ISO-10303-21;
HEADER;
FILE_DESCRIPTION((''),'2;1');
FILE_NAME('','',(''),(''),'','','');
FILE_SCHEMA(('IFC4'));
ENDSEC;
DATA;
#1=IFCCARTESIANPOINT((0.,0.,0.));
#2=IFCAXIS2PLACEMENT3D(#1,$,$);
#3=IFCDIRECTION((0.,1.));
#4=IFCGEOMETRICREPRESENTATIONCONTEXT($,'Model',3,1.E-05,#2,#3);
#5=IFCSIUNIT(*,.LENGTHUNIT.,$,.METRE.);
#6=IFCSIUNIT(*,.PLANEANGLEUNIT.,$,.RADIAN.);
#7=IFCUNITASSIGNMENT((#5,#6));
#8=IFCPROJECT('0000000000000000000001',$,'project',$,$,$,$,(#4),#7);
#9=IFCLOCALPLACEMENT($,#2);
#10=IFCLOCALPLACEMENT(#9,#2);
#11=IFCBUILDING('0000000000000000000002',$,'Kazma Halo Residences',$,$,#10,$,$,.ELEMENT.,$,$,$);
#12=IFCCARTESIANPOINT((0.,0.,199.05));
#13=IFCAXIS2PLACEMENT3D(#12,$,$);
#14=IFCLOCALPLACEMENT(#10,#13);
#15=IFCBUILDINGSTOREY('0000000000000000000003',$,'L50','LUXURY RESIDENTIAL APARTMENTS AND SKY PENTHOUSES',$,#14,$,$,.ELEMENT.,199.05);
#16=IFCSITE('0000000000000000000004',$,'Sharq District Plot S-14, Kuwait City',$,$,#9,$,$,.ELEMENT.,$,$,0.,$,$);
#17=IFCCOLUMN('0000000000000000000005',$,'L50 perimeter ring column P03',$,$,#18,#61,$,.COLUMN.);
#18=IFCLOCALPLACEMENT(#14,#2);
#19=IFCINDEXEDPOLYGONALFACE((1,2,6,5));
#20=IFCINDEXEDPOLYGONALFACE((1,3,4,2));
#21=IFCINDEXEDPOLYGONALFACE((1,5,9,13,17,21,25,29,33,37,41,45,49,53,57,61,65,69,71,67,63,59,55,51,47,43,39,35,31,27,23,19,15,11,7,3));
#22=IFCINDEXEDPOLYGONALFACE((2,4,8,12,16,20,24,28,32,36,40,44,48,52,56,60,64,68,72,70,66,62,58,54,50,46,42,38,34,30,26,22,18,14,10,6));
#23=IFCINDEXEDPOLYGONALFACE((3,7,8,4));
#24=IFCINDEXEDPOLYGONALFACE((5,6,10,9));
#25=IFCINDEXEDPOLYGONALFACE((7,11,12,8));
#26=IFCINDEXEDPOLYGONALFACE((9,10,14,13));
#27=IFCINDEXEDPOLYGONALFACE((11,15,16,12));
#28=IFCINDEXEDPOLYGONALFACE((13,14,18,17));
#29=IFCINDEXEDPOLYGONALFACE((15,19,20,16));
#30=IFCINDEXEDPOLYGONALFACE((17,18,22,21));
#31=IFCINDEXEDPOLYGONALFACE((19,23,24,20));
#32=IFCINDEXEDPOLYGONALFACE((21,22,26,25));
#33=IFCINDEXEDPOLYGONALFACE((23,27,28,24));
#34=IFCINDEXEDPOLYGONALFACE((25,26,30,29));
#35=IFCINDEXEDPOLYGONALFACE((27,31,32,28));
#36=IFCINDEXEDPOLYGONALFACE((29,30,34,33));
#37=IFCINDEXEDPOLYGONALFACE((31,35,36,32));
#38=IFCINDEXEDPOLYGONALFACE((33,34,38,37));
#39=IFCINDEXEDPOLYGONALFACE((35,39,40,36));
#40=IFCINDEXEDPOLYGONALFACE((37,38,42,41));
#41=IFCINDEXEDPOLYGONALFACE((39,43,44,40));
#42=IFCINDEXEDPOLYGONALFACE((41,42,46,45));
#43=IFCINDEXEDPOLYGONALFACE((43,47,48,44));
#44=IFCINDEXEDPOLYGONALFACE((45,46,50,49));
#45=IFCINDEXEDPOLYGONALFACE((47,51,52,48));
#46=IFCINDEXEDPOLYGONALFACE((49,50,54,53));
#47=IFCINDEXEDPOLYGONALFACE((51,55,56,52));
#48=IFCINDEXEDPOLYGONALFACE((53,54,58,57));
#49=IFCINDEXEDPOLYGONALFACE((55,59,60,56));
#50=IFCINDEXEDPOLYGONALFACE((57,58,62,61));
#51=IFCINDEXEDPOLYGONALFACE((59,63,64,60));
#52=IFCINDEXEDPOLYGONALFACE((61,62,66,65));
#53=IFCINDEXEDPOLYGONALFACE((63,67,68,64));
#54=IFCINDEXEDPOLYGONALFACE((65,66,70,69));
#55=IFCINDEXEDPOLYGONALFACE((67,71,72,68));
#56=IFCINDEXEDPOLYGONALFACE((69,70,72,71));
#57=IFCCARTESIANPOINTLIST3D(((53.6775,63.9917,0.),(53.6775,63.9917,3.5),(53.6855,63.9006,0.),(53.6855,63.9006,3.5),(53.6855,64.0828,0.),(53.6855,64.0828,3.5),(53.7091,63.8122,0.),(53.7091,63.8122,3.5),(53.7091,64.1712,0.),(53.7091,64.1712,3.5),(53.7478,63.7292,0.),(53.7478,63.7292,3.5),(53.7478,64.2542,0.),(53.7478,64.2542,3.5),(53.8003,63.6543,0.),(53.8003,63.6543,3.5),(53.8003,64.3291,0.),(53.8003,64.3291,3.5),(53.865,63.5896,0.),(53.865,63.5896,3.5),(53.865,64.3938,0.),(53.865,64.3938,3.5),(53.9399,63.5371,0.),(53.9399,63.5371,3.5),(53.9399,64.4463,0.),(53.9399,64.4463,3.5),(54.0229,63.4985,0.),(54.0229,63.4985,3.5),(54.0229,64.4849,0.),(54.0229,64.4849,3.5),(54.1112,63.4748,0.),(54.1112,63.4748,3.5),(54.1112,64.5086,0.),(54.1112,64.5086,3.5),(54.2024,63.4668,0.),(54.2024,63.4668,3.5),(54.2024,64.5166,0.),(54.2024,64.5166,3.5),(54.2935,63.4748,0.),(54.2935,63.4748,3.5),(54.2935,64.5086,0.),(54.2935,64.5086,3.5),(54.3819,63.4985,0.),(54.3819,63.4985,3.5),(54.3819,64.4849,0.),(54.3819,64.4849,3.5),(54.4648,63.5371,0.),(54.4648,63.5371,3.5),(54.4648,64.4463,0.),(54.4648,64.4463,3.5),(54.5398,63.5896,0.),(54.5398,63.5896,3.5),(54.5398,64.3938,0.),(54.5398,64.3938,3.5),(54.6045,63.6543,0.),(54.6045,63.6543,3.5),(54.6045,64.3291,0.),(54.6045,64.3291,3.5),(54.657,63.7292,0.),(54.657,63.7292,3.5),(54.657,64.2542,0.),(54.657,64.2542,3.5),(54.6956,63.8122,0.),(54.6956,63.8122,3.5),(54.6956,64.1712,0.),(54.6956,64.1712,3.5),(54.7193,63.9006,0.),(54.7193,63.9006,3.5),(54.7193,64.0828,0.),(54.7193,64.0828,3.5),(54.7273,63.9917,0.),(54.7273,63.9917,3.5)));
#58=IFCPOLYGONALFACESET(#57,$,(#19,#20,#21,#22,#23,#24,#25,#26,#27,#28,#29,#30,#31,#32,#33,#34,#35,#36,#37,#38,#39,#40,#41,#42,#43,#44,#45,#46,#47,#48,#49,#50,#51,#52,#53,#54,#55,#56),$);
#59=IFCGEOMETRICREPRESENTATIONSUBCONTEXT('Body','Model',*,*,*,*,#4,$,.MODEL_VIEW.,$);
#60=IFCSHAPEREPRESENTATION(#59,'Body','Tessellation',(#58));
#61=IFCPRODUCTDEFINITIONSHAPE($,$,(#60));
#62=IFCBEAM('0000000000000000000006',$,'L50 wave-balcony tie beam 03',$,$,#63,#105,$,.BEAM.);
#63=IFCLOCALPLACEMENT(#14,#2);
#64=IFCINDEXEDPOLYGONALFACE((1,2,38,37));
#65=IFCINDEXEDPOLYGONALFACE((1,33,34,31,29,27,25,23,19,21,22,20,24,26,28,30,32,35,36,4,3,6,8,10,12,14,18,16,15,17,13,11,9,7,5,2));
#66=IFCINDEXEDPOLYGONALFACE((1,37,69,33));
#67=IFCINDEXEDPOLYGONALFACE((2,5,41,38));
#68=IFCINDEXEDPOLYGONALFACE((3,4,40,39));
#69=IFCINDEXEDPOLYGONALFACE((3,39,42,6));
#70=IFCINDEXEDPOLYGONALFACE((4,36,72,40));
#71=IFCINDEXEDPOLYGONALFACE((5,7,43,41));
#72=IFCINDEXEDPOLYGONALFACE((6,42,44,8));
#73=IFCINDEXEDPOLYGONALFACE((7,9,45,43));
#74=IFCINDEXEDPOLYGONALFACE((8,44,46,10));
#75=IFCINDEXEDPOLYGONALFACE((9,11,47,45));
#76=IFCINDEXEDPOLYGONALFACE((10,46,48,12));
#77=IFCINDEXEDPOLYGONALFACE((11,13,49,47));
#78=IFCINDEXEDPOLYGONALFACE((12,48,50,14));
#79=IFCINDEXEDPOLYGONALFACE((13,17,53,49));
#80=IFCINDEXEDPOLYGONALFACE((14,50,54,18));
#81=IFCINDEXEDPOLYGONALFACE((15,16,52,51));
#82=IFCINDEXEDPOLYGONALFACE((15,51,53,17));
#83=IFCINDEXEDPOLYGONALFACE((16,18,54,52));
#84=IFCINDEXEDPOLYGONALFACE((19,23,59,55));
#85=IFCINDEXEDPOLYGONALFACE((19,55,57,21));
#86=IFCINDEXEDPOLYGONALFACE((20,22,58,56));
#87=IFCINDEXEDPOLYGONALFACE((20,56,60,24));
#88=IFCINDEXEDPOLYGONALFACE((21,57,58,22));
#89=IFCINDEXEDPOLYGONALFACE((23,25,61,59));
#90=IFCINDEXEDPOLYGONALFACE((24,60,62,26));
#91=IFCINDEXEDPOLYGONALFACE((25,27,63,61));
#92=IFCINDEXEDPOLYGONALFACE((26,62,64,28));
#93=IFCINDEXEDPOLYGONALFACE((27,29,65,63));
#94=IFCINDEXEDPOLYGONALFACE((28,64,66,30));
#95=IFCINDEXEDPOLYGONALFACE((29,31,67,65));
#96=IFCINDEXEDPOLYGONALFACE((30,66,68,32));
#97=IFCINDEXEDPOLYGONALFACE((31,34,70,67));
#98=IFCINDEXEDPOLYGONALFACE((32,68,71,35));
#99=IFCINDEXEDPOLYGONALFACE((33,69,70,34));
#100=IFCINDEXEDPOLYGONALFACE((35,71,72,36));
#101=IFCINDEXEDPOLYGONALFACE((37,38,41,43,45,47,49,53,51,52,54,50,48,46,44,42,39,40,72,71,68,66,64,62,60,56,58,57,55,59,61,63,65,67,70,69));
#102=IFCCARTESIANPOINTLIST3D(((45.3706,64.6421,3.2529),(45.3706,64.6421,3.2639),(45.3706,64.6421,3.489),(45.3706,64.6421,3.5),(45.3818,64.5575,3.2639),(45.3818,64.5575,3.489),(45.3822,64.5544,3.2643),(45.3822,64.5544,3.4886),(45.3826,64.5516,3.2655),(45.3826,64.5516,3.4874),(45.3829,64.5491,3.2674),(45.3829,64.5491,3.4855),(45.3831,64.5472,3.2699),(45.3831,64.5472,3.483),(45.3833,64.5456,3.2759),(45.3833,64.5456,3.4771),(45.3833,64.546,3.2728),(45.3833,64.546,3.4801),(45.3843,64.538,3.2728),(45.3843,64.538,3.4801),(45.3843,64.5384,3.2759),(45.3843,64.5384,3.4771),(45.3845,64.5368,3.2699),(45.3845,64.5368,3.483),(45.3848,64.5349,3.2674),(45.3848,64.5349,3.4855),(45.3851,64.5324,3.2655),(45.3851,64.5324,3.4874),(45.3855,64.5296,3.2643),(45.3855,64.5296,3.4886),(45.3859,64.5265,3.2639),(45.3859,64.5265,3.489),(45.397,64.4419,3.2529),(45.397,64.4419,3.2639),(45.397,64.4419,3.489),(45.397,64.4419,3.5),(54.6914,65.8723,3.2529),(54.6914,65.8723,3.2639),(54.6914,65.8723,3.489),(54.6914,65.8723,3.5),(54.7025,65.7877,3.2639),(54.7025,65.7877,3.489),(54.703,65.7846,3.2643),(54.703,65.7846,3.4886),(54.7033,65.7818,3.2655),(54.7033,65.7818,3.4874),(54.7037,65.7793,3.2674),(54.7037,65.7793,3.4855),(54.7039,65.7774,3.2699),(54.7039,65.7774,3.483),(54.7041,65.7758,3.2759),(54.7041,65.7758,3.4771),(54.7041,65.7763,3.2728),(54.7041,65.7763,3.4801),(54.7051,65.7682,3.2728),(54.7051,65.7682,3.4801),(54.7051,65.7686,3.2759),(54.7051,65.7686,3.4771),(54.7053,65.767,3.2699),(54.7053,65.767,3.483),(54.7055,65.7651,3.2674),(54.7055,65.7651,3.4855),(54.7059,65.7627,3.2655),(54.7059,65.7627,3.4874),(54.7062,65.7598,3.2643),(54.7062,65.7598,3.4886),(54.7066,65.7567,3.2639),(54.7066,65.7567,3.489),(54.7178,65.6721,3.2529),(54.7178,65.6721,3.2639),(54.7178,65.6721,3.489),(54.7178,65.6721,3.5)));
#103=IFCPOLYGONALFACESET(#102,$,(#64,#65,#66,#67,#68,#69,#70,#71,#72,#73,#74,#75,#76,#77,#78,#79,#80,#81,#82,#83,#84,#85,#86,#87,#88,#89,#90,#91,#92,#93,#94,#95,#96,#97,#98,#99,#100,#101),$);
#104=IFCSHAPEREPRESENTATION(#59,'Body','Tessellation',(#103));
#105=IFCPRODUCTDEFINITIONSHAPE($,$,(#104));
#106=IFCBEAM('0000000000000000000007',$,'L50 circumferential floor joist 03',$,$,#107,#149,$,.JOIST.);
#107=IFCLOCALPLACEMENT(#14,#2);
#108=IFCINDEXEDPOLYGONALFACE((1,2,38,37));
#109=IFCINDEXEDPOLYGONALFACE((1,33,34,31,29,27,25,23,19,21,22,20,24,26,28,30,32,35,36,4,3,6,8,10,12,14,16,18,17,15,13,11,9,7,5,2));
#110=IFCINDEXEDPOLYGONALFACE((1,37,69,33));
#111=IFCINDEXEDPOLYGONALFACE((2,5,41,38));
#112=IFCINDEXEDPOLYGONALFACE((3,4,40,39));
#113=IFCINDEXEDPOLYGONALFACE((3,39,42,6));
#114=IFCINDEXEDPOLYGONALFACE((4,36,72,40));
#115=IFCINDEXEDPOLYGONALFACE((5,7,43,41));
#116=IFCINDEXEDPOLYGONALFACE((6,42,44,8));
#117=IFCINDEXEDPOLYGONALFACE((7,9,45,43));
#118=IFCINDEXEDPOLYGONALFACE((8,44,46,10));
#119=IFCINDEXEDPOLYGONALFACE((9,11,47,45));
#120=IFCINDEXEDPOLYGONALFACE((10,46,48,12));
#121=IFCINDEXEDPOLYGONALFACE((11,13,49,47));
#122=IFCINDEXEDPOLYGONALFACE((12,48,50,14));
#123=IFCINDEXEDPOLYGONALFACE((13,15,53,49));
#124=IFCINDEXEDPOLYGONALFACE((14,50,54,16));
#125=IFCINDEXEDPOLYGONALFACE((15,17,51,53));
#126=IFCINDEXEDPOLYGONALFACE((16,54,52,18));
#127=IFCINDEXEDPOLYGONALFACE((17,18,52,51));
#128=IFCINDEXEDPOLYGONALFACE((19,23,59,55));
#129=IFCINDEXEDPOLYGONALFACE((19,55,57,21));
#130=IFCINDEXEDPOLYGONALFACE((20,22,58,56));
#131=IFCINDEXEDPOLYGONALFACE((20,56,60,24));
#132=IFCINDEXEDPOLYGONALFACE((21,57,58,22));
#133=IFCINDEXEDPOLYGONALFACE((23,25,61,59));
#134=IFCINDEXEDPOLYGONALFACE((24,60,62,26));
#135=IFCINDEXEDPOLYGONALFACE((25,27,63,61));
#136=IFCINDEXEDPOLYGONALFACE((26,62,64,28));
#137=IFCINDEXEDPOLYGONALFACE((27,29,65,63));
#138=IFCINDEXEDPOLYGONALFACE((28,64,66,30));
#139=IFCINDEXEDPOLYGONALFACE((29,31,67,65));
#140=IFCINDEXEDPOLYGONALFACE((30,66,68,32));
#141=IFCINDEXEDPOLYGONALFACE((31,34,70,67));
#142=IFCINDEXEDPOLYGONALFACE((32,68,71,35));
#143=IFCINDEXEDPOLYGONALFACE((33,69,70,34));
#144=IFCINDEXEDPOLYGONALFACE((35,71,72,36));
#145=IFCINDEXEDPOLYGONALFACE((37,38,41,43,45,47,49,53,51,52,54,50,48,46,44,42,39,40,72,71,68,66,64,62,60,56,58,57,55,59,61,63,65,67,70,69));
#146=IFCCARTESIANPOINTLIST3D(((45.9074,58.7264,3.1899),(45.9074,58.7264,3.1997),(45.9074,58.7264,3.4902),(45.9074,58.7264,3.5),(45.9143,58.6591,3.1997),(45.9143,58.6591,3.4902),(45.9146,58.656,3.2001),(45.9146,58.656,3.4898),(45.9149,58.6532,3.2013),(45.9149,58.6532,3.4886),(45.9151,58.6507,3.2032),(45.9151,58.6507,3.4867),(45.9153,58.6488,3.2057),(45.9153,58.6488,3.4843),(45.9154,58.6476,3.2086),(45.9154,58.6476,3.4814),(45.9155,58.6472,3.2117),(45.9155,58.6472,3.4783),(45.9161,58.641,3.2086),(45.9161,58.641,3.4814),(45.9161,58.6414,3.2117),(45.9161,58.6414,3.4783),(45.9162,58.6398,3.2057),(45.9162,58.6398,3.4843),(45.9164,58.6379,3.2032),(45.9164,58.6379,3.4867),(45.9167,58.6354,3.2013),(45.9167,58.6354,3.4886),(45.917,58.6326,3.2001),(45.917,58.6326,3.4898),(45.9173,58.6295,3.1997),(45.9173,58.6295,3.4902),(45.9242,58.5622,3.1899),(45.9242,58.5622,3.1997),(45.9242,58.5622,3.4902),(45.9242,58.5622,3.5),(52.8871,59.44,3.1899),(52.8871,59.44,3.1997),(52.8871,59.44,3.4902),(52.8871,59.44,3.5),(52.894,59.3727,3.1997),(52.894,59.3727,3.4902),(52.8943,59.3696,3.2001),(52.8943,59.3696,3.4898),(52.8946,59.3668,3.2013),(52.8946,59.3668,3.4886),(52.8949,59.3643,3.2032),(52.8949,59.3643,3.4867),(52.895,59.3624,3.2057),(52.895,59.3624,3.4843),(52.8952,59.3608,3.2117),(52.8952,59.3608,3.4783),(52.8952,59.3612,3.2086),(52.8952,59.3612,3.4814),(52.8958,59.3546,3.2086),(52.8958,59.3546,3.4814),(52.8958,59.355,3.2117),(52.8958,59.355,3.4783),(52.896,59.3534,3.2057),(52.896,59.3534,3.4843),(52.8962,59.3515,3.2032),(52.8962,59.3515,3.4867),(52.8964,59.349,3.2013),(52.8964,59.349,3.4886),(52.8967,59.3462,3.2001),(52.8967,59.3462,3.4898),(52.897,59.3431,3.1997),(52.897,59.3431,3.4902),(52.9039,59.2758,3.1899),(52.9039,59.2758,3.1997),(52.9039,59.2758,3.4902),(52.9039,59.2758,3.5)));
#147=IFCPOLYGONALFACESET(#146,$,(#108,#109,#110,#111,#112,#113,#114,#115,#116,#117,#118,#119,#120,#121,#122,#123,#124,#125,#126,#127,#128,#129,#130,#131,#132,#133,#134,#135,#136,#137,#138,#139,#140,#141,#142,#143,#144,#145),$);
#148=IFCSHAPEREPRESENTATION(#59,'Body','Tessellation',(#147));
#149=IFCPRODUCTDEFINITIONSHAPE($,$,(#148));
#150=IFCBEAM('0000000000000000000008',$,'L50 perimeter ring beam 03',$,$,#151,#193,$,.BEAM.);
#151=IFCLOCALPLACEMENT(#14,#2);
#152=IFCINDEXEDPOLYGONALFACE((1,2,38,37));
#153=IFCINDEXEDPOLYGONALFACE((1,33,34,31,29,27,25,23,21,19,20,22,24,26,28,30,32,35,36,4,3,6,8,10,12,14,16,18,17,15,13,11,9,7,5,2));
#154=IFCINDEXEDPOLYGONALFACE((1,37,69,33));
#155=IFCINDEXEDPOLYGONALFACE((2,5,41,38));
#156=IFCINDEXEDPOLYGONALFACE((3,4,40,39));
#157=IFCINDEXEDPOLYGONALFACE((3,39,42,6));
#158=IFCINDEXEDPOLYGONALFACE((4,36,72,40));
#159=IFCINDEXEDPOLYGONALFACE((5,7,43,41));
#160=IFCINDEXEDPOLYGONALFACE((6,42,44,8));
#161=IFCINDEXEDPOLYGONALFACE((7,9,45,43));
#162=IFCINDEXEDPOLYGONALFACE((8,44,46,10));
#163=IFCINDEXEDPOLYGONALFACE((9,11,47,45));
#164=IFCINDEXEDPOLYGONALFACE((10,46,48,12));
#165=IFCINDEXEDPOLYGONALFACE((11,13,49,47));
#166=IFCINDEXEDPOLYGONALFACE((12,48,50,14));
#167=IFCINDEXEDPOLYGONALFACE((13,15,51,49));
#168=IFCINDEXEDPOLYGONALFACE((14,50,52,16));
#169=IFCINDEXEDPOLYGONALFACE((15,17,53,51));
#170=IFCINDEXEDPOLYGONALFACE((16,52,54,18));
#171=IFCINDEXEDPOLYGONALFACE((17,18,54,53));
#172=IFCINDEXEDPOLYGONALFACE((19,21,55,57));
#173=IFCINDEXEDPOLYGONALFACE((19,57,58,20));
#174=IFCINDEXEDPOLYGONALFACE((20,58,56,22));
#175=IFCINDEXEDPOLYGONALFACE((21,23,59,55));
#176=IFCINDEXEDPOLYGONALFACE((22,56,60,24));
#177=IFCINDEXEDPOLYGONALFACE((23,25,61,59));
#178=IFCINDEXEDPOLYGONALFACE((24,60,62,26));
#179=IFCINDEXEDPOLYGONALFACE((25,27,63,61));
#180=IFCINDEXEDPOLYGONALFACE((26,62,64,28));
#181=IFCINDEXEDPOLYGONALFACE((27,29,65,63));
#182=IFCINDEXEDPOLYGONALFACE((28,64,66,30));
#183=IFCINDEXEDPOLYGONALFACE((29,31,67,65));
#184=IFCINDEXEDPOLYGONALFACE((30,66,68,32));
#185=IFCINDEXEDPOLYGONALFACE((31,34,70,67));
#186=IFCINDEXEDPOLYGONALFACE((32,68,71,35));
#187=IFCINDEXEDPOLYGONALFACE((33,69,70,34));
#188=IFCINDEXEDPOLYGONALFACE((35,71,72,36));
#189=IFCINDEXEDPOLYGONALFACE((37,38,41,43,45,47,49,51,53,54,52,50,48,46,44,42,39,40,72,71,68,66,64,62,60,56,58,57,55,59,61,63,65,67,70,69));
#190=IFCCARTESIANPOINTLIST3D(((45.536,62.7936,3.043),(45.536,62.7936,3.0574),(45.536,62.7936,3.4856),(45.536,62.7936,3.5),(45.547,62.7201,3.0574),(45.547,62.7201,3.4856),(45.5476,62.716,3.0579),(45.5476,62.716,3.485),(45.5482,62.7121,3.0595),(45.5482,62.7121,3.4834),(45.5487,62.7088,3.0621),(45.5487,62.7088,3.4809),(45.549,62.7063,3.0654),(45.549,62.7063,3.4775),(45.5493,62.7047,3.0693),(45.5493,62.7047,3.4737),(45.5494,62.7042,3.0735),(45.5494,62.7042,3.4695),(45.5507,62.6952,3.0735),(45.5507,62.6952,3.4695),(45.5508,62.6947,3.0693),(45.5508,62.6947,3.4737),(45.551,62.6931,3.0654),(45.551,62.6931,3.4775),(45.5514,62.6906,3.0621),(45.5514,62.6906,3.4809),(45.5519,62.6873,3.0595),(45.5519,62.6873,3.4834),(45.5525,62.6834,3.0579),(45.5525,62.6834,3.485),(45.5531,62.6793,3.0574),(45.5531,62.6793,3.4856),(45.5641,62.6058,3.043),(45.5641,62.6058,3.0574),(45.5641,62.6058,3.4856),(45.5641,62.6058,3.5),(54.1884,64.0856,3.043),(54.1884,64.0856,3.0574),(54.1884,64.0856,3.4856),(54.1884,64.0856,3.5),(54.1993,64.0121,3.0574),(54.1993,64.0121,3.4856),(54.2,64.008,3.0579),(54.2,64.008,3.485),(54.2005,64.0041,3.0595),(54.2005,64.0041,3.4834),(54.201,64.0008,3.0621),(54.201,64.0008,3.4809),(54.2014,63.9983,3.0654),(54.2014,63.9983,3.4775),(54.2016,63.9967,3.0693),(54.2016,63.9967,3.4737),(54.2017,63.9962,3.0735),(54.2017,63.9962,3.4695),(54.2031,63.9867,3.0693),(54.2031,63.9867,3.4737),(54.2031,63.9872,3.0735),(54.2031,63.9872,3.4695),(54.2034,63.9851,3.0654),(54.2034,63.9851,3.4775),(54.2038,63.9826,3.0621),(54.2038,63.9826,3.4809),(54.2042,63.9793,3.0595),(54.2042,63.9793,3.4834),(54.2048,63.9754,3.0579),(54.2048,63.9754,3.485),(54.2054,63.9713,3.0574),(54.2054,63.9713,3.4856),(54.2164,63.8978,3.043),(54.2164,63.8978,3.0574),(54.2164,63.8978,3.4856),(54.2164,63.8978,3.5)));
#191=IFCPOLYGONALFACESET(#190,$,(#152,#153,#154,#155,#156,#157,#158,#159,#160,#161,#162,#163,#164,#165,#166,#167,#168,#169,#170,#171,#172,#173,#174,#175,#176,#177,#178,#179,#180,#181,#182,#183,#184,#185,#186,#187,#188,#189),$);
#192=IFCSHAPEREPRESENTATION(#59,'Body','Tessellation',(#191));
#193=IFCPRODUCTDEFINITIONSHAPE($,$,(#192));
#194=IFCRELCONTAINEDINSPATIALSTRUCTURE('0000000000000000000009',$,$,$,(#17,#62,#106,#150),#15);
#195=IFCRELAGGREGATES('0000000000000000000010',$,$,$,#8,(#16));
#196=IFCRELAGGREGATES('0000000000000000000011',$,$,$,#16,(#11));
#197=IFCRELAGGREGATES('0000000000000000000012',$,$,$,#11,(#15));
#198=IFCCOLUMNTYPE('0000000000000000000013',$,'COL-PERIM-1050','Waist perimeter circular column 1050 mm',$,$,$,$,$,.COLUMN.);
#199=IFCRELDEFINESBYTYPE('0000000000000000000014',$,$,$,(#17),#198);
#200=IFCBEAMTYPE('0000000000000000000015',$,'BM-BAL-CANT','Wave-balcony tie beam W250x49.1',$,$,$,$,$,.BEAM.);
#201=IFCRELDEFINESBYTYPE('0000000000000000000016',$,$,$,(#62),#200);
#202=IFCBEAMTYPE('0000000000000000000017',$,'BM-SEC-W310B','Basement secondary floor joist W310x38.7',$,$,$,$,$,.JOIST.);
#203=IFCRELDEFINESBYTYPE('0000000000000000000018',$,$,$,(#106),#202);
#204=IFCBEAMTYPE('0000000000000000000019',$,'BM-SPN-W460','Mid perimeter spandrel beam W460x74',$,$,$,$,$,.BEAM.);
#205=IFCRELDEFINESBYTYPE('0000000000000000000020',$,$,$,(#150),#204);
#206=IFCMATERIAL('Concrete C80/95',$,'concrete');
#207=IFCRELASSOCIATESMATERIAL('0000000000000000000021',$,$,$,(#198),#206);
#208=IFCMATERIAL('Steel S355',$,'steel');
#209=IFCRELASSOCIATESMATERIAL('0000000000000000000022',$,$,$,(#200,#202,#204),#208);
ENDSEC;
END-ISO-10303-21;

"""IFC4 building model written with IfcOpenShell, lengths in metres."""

from ifc_helpers import new_model, si_unit, direction, frame, origin, origin_2d, place, context, subcontext, project, spatial, circle, i_section, extrude, material, material_profile, profile_set, type_object, element, save


model = new_model("IFC4")

# Units and contexts
model_context = context("Model", 3, precision=1e-05, world=origin(), true_north=direction((0.0, 1.0)))
body_context = subcontext(model_context, "Body", "Model", "MODEL_VIEW")
ifc_project = project(units=[si_unit("LENGTHUNIT", "METRE"), si_unit("PLANEANGLEUNIT", "RADIAN")], contexts=[model_context])

# Site, building, storey
site_placement = place(None, origin())
site = spatial("IfcSite", under=ifc_project, at=site_placement, Name="Sharq District Plot S-14, Kuwait City", CompositionType="ELEMENT", RefElevation=0.0)
building_placement = place(site_placement, origin())
building = spatial("IfcBuilding", under=site, at=building_placement, Name="Kazma Halo Residences", CompositionType="ELEMENT")
storey_placement = place(building_placement, frame((0.0, 0.0, 199.05)))
storey = spatial("IfcBuildingStorey", under=building, at=storey_placement, Name="L50", Description="LUXURY RESIDENTIAL APARTMENTS AND SKY PENTHOUSES", CompositionType="ELEMENT", Elevation=199.05)

# Column
ifc_material_1 = material(Name="Concrete C80/95", Category="concrete")
ifc_material_profile_1 = material_profile(ifc_material_1, circle(Radius=0.5249, at=origin_2d()), Name="CIRC1050")
ifc_profile_set_1 = profile_set([ifc_material_profile_1], Name="Concrete C80/95")
column_type = type_object("IfcColumnType", Name="COL-PERIM-1050", Description="Waist perimeter circular column 1050 mm", PredefinedType="COLUMN", material=ifc_profile_set_1)
column_placement = place(storey_placement, frame((54.2024, 63.9917, 0.0), z_axis=(0.0, 0.0, 1.0), x_axis=(1.0, 0.0, 0.0)))
element("IfcColumn", 1, at=column_placement, inside=storey, type_object=column_type, Name="L50 perimeter ring column P03", PredefinedType="COLUMN", context=body_context, shape_type="SweptSolid", body=[
    extrude(circle(Radius=0.5249, at=origin_2d()), origin(), (0.0, 0.0, 1.0), 3.5),
])

# Beams
ifc_material_2 = material(Name="Steel S355", Category="steel")
ifc_material_profile_2 = material_profile(ifc_material_2, i_section(OverallWidth=0.2019, OverallDepth=0.2471, WebThickness=0.0073, FlangeThickness=0.011, FilletRadius=0.012, at=origin_2d()), Name="W250x49.1")
ifc_profile_set_2 = profile_set([ifc_material_profile_2], Name="Steel S355")
beam_type_1 = type_object("IfcBeamType", Name="BM-BAL-CANT", Description="Wave-balcony tie beam W250x49.1", PredefinedType="BEAM", material=ifc_profile_set_2)
beam_1_placement = place(storey_placement, frame((54.7046, 65.7722, 3.3765), z_axis=(-0.991402, -0.130852, 0.0), x_axis=(0.130852, -0.991402, 0.0)))
element("IfcBeam", 2, at=beam_1_placement, inside=storey, type_object=beam_type_1, Name="L50 wave-balcony tie beam 03", PredefinedType="BEAM", context=body_context, shape_type="SweptSolid", body=[
    extrude(i_section(OverallWidth=0.2019, OverallDepth=0.2471, WebThickness=0.0073, FlangeThickness=0.011, FilletRadius=0.012, at=origin_2d()), origin(), (0.0, 0.0, 1.0), 9.4016),
])
ifc_material_profile_3 = material_profile(ifc_material_2, i_section(OverallWidth=0.165, OverallDepth=0.3101, WebThickness=0.0059, FlangeThickness=0.0098, FilletRadius=0.012, at=origin_2d()), Name="W310x38.7")
ifc_profile_set_3 = profile_set([ifc_material_profile_3], Name="Steel S355")
beam_type_2 = type_object("IfcBeamType", Name="BM-SEC-W310B", Description="Basement secondary floor joist W310x38.7", PredefinedType="JOIST", material=ifc_profile_set_3)
beam_2_placement = place(storey_placement, frame((52.8955, 59.3579, 3.345), z_axis=(-0.994814, -0.101712, 0.0), x_axis=(0.101712, -0.994814, 0.0)))
element("IfcBeam", 3, at=beam_2_placement, inside=storey, type_object=beam_type_2, Name="L50 circumferential floor joist 03", PredefinedType="JOIST", context=body_context, shape_type="SweptSolid", body=[
    extrude(i_section(OverallWidth=0.165, OverallDepth=0.3101, WebThickness=0.0059, FlangeThickness=0.0098, FilletRadius=0.012, at=origin_2d()), origin(), (0.0, 0.0, 1.0), 7.0161),
])
ifc_material_profile_4 = material_profile(ifc_material_2, i_section(OverallWidth=0.1899, OverallDepth=0.457, WebThickness=0.009, FlangeThickness=0.0144, FilletRadius=0.0161, at=origin_2d()), Name="W460x74")
ifc_profile_set_4 = profile_set([ifc_material_profile_4], Name="Steel S355")
beam_type_3 = type_object("IfcBeamType", Name="BM-SPN-W460", Description="Mid perimeter spandrel beam W460x74", PredefinedType="BEAM", material=ifc_profile_set_4)
beam_3_placement = place(storey_placement, frame((54.2024, 63.9917, 3.2715), z_axis=(-0.989034, -0.147685, 0.0), x_axis=(0.147685, -0.989034, 0.0)))
element("IfcBeam", 4, at=beam_3_placement, inside=storey, type_object=beam_type_3, Name="L50 perimeter ring beam 03", PredefinedType="BEAM", context=body_context, shape_type="SweptSolid", body=[
    extrude(i_section(OverallWidth=0.1899, OverallDepth=0.457, WebThickness=0.009, FlangeThickness=0.0144, FilletRadius=0.0161, at=origin_2d()), origin(), (0.0, 0.0, 1.0), 8.7483),
])

save(model, "model.ifc")
